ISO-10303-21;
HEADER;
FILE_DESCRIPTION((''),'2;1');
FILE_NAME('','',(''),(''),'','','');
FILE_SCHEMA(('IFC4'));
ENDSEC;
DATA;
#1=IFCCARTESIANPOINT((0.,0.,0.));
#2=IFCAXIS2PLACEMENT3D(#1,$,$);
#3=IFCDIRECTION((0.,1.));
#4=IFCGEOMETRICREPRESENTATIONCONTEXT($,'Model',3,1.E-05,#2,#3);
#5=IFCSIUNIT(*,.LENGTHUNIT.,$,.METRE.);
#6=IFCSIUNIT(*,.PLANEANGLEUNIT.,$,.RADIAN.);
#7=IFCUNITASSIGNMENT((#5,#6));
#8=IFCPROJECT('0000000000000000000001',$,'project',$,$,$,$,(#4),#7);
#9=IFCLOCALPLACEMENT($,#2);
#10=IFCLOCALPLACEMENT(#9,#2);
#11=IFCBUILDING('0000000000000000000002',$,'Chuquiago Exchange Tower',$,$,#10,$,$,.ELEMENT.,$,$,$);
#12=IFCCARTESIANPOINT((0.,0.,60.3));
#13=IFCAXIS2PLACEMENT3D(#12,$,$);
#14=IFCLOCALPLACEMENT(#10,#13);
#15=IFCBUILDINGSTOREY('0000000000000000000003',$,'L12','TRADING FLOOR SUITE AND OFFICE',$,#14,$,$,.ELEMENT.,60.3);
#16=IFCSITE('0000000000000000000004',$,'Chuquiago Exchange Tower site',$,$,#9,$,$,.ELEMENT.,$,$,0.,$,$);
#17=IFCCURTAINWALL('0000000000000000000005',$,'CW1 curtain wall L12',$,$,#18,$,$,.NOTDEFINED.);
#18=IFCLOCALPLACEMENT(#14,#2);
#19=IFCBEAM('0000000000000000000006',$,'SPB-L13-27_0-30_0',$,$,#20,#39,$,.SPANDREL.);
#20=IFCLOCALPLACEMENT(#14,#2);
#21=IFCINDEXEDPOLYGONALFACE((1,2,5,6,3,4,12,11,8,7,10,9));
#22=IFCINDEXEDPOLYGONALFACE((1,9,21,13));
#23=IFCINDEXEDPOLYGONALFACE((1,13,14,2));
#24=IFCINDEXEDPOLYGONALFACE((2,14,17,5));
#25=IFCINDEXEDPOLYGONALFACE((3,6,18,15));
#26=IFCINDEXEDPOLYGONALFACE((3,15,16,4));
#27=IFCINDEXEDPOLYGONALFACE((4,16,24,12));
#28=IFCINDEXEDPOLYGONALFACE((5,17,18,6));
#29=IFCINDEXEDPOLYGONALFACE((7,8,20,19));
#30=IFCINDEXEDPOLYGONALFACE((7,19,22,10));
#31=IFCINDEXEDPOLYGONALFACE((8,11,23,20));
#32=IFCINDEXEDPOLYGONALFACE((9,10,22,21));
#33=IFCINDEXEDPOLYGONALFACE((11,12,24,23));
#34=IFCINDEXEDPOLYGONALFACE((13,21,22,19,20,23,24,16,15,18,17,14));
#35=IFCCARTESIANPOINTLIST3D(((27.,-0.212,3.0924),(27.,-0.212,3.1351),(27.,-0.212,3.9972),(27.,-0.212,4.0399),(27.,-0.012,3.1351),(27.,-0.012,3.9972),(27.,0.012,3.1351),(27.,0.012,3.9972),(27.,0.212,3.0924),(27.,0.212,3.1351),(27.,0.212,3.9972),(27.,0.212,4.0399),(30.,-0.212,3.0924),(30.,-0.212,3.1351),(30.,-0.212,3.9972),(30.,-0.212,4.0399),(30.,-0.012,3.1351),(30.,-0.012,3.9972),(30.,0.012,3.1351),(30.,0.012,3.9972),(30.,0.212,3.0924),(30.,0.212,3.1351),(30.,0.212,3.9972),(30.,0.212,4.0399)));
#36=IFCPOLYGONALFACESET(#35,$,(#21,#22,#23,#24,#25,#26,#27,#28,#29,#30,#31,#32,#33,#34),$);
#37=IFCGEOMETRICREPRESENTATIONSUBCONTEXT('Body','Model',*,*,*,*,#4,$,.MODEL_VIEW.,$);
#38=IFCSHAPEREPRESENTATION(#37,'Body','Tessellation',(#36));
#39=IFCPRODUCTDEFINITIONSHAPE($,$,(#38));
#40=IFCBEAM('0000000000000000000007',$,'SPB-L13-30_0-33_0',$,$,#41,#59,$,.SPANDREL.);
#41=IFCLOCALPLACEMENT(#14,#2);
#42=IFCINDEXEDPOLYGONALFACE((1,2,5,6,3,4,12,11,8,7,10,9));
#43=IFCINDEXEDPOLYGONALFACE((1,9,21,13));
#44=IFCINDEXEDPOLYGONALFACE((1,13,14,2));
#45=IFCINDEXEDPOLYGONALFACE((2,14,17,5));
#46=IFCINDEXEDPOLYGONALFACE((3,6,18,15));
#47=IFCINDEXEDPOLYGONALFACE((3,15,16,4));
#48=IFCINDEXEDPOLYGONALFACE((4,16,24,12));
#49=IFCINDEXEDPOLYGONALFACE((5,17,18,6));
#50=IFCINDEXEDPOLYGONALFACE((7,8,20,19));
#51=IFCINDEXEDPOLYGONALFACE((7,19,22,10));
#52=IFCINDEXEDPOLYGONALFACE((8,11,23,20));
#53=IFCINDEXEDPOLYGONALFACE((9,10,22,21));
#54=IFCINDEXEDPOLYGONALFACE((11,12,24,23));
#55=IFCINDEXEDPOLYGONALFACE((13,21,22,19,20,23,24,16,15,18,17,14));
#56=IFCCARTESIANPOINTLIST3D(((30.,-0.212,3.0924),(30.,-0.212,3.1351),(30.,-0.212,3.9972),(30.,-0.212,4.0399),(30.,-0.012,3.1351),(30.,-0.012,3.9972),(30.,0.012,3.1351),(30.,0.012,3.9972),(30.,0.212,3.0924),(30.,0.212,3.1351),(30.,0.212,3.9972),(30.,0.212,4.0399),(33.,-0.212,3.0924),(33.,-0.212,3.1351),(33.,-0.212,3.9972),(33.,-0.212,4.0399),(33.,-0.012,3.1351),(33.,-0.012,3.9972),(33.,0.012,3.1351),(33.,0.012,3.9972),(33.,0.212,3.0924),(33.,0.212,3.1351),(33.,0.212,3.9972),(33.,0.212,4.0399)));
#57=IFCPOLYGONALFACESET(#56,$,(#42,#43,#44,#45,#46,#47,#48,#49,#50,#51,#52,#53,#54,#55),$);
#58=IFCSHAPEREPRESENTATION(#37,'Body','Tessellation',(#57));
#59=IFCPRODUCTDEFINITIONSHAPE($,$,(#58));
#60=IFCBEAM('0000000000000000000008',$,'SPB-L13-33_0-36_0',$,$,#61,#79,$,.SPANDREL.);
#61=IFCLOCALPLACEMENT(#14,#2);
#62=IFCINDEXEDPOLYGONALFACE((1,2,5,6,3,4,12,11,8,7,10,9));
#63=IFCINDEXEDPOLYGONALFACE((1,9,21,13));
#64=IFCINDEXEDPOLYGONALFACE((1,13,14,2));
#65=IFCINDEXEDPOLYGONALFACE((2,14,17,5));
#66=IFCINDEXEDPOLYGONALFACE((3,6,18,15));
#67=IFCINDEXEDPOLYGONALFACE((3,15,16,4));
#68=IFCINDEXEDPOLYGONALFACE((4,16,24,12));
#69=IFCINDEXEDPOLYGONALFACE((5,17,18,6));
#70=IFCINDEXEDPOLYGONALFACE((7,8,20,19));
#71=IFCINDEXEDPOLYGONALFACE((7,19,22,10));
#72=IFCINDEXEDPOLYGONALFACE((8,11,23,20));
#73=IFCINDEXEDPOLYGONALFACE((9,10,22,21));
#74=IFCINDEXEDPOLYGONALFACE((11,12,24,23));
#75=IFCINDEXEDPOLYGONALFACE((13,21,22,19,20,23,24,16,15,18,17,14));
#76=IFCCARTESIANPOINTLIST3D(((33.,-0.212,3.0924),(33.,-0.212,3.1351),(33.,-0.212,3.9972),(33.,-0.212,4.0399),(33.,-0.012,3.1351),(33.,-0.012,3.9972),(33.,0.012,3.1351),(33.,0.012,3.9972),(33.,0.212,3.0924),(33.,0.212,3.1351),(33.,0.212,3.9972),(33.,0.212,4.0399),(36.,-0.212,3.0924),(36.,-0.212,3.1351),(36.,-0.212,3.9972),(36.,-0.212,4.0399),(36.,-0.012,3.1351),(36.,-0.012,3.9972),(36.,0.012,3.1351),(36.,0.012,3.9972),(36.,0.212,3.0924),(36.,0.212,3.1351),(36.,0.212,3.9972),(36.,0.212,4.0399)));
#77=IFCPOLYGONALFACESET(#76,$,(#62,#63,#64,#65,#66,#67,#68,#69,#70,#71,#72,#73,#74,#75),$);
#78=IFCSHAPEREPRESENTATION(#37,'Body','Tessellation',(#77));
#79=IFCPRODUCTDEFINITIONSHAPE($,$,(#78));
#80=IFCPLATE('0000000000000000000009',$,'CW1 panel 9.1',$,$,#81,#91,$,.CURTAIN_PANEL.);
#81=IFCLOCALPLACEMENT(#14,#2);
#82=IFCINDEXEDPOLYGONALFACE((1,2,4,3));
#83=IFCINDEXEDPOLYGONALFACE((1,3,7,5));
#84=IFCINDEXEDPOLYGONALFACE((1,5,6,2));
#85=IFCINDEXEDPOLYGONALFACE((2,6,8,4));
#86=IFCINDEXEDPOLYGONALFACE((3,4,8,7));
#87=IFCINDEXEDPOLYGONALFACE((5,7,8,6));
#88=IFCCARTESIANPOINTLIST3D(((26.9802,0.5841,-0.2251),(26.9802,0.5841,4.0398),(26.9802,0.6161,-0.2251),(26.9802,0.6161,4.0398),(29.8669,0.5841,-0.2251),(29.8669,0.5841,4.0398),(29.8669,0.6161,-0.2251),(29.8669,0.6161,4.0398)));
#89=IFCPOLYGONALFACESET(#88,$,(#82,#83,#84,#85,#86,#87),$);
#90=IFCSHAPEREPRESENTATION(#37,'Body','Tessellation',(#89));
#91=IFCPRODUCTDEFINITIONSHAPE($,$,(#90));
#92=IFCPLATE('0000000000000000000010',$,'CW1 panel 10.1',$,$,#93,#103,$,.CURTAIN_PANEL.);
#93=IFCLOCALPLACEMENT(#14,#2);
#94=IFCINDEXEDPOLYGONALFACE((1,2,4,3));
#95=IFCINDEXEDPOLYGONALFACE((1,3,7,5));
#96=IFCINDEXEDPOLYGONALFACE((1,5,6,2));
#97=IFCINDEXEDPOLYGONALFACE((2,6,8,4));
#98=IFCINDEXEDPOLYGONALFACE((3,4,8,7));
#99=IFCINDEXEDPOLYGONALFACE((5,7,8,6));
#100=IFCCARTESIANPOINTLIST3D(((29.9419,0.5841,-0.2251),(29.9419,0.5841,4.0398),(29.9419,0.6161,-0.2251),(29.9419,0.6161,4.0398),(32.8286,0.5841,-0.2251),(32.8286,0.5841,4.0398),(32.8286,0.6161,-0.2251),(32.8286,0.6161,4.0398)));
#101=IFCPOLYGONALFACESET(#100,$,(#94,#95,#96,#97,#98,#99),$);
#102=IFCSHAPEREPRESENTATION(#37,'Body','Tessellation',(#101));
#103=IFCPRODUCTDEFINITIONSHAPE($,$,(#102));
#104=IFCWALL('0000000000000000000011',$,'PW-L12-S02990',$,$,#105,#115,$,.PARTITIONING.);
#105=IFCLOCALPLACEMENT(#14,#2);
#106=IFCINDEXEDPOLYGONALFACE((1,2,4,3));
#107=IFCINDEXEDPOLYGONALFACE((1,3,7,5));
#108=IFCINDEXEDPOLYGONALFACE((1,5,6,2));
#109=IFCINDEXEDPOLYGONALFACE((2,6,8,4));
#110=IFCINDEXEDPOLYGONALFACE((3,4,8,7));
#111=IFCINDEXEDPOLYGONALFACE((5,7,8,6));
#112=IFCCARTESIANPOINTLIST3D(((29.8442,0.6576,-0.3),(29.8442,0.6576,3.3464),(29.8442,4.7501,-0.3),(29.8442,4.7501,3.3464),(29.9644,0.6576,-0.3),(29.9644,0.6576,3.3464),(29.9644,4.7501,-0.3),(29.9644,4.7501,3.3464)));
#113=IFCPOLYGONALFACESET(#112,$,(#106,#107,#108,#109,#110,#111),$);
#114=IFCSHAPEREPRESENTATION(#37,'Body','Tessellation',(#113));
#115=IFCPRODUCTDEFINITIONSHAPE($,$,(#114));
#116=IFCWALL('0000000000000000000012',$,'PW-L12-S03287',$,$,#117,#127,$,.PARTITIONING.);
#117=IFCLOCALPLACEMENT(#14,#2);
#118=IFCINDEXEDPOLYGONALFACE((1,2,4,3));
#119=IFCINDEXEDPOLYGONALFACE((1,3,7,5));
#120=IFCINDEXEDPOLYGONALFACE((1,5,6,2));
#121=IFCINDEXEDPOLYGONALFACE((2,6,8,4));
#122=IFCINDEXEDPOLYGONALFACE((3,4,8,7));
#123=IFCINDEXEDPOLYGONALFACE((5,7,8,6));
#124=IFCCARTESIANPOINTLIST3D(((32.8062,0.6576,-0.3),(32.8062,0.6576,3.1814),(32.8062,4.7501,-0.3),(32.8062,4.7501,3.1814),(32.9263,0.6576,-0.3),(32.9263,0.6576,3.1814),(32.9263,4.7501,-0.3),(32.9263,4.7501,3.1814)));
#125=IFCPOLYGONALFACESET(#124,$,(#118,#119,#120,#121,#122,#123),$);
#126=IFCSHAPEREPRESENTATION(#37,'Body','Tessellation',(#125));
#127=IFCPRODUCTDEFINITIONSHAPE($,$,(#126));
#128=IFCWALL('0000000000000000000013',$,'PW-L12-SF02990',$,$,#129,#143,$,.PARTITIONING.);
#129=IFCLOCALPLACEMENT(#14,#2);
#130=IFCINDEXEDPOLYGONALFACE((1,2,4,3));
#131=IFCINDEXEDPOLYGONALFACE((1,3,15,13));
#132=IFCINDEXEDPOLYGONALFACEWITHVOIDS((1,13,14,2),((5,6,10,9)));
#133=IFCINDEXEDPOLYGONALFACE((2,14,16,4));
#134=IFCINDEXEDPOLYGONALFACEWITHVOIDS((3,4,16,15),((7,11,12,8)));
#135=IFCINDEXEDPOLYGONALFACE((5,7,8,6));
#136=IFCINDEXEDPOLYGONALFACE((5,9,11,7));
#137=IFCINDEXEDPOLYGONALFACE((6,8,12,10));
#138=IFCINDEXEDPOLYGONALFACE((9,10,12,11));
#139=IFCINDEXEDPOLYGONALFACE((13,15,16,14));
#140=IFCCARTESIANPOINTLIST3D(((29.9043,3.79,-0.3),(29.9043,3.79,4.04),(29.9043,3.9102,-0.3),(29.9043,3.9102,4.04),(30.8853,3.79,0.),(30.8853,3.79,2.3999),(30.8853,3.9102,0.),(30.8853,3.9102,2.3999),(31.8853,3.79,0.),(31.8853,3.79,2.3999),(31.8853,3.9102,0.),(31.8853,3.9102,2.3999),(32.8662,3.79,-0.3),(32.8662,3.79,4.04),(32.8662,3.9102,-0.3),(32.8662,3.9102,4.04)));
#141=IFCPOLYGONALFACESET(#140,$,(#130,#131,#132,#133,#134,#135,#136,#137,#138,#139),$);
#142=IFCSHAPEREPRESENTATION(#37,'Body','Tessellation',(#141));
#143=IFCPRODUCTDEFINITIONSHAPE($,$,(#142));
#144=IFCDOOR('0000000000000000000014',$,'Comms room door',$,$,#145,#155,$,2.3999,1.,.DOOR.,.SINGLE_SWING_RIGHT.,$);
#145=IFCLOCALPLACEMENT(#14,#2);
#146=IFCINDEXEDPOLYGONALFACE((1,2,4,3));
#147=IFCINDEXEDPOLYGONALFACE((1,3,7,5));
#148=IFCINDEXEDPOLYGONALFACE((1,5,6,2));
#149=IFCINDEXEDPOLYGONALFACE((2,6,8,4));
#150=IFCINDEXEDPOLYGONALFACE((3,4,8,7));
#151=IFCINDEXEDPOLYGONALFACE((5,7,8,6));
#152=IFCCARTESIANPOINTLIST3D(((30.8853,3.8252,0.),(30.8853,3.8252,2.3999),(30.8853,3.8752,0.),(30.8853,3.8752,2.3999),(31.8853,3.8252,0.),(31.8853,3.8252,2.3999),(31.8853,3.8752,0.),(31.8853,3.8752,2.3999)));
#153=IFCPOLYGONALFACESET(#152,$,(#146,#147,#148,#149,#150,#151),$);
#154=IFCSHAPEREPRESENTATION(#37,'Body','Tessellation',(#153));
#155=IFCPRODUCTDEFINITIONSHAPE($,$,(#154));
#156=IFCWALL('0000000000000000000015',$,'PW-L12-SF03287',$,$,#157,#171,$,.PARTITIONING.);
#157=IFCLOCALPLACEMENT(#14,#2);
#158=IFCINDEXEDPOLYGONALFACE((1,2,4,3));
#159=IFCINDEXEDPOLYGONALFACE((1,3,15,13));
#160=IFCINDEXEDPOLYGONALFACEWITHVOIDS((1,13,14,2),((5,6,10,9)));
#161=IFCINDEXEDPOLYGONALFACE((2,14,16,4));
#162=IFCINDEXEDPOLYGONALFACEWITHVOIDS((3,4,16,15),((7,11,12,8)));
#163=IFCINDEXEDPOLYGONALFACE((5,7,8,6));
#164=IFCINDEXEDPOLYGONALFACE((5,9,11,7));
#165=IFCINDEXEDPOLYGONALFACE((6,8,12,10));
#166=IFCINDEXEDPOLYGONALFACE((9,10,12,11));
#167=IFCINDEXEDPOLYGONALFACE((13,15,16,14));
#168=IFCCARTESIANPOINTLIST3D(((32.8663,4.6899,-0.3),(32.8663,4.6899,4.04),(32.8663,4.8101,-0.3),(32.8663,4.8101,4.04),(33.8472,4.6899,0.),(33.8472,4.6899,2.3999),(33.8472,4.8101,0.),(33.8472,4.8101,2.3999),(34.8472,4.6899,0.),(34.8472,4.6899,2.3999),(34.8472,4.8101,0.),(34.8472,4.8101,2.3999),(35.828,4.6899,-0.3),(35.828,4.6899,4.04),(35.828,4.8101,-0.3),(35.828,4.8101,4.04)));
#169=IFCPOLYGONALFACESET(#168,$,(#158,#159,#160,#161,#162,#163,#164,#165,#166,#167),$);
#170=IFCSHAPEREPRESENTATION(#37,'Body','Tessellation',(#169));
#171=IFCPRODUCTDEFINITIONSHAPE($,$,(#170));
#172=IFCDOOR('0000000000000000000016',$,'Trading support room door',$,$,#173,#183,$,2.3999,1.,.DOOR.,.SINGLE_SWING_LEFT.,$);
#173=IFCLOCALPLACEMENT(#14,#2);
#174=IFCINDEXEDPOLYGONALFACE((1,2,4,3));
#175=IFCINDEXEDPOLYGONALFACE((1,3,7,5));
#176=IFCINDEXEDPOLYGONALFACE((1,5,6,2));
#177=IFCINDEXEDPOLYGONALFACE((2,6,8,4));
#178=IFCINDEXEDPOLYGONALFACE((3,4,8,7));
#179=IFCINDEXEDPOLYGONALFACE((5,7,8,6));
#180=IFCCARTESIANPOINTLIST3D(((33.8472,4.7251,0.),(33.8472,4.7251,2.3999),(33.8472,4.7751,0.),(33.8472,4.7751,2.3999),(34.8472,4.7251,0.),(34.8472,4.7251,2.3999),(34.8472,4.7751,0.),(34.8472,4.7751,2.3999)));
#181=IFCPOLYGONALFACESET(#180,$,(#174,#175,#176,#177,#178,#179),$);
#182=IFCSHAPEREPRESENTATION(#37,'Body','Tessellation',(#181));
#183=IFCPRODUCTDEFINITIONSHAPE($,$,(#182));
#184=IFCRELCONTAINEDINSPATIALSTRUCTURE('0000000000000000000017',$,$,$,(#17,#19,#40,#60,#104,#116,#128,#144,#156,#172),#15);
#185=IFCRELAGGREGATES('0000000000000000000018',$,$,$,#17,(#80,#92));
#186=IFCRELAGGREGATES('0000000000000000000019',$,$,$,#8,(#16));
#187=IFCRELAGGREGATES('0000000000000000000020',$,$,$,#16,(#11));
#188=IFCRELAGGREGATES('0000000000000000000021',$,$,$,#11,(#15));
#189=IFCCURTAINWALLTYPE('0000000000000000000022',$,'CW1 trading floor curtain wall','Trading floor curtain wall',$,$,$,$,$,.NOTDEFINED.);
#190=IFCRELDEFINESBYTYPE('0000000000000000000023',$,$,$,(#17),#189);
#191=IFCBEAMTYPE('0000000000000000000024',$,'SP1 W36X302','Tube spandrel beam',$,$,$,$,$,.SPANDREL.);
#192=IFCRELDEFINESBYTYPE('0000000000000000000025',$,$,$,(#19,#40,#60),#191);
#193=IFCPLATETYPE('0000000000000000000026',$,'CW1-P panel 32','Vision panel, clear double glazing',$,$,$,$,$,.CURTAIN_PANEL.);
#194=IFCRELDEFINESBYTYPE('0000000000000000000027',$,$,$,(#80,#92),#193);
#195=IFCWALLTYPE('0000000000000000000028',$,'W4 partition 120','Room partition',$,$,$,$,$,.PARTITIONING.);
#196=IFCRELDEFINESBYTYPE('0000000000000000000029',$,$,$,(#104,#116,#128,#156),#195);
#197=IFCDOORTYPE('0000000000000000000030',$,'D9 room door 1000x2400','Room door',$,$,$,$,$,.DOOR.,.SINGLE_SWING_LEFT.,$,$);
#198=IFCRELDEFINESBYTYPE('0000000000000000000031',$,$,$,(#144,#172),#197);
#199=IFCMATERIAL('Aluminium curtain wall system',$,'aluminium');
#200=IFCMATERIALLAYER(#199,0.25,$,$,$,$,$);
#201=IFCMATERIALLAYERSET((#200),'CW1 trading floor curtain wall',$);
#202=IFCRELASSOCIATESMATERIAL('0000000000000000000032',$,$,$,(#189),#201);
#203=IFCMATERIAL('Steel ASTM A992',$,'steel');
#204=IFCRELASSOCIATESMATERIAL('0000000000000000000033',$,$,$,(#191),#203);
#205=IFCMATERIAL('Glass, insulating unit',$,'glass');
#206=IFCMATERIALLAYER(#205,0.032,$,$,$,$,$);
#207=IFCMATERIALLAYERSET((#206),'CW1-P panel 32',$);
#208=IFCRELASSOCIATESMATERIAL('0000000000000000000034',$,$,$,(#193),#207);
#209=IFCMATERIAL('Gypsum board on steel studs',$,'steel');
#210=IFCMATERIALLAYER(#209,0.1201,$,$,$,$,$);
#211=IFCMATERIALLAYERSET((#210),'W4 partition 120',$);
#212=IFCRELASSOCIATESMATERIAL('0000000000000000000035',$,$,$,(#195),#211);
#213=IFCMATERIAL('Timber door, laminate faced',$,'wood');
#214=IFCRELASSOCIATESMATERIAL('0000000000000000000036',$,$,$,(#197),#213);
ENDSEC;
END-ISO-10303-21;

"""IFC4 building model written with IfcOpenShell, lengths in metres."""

from ifc_helpers import new_model, si_unit, direction, frame, frame_2d, origin, origin_2d, place, context, subcontext, project, spatial, rectangle, i_section, extrude, material, layer, layer_set, material_profile, profile_set, type_object, element, fill, aggregate, save


model = new_model("IFC4")

# Units and contexts
model_context = context("Model", 3, precision=1e-05, world=origin(), true_north=direction((0.0, 1.0)))
body_context = subcontext(model_context, "Body", "Model", "MODEL_VIEW")
ifc_project = project(units=[si_unit("LENGTHUNIT", "METRE"), si_unit("PLANEANGLEUNIT", "RADIAN")], contexts=[model_context])

# Site, building, storey
site_placement = place(None, origin())
site = spatial("IfcSite", under=ifc_project, at=site_placement, Name="Chuquiago Exchange Tower site", CompositionType="ELEMENT", RefElevation=0.0)
building_placement = place(site_placement, origin())
building = spatial("IfcBuilding", under=site, at=building_placement, Name="Chuquiago Exchange Tower", CompositionType="ELEMENT")
storey_placement = place(building_placement, frame((0.0, 0.0, 60.3)))
storey = spatial("IfcBuildingStorey", under=building, at=storey_placement, Name="L12", Description="TRADING FLOOR SUITE AND OFFICE", CompositionType="ELEMENT", Elevation=60.3)

# Curtain wall
ifc_material_1 = material(Name="Aluminium curtain wall system", Category="aluminium")
ifc_layer_1 = layer(ifc_material_1, 0.25)
ifc_layer_set_1 = layer_set([ifc_layer_1], Name="CW1 trading floor curtain wall")
curtain_wall_type = type_object("IfcCurtainWallType", Name="CW1 trading floor curtain wall", Description="Trading floor curtain wall", PredefinedType="NOTDEFINED", material=ifc_layer_set_1)
curtain_wall_placement = place(storey_placement, origin())
curtain_wall = element("IfcCurtainWall", 1, at=curtain_wall_placement, inside=storey, type_object=curtain_wall_type, Name="CW1 curtain wall L12", PredefinedType="NOTDEFINED")

# Beams
ifc_material_2 = material(Name="Steel ASTM A992", Category="steel")
ifc_material_profile_1 = material_profile(ifc_material_2, i_section(OverallWidth=0.4241, OverallDepth=0.9475, WebThickness=0.0239, FlangeThickness=0.0427, at=origin_2d()), Name="W36X302")
ifc_profile_set_1 = profile_set([ifc_material_profile_1], Name="Steel ASTM A992")
beam_type_1 = type_object("IfcBeamType", Name="SP1 W36X302", Description="Tube spandrel beam", PredefinedType="SPANDREL", material=ifc_profile_set_1)
for number, where, z_axis, x_axis, name in (
    (2, (27.0, 0.0, 3.5662), (1.0, 0.0, 0.0), (0.0, 1.0, 0.0), "SPB-L13-27_0-30_0"),
    (3, (30.0, 0.0, 3.5662), (1.0, 0.0, 0.0), (0.0, 1.0, 0.0), "SPB-L13-30_0-33_0"),
    (4, (33.0, 0.0, 3.5662), (1.0, 0.0, 0.0), (0.0, 1.0, 0.0), "SPB-L13-33_0-36_0"),
):
    element("IfcBeam", number, at=place(storey_placement, frame(where, z_axis=z_axis, x_axis=x_axis)), inside=storey, type_object=beam_type_1, Name=name, PredefinedType="SPANDREL", context=body_context, shape_type="SweptSolid", body=[
        extrude(i_section(OverallWidth=0.4241, OverallDepth=0.9475, WebThickness=0.0239, FlangeThickness=0.0427, at=origin_2d()), origin(), (0.0, 0.0, 1.0), 3.0),
    ])

# Plates
ifc_material_3 = material(Name="Glass, insulating unit", Category="glass")
ifc_layer_2 = layer(ifc_material_3, 0.032)
ifc_layer_set_2 = layer_set([ifc_layer_2], Name="CW1-P panel 32")
plate_type = type_object("IfcPlateType", Name="CW1-P panel 32", Description="Vision panel, clear double glazing", PredefinedType="CURTAIN_PANEL", material=ifc_layer_set_2)
plate_1_placement = place(storey_placement, frame((28.4236, 0.6001, -0.2251), z_axis=(0.0, 0.0, 1.0), x_axis=(1.0, 0.0, 0.0)))
plate_1 = element("IfcPlate", 5, at=plate_1_placement, type_object=plate_type, Name="CW1 panel 9.1", PredefinedType="CURTAIN_PANEL", context=body_context, shape_type="SweptSolid", body=[
    extrude(rectangle(XDim=2.8867, YDim=0.032, at=origin_2d()), origin(), (0.0, 0.0, 1.0), 4.2649),
])
plate_2_placement = place(storey_placement, frame((31.3853, 0.6001, -0.2251), z_axis=(0.0, 0.0, 1.0), x_axis=(1.0, 0.0, 0.0)))
plate_2 = element("IfcPlate", 6, at=plate_2_placement, type_object=plate_type, Name="CW1 panel 10.1", PredefinedType="CURTAIN_PANEL", context=body_context, shape_type="SweptSolid", body=[
    extrude(rectangle(XDim=2.8867, YDim=0.032, at=origin_2d()), origin(), (0.0, 0.0, 1.0), 4.2649),
])
aggregate(curtain_wall, [plate_1, plate_2])

# Walls
ifc_material_4 = material(Name="Gypsum board on steel studs", Category="steel")
ifc_layer_3 = layer(ifc_material_4, 0.1201)
ifc_layer_set_3 = layer_set([ifc_layer_3], Name="W4 partition 120")
wall_type = type_object("IfcWallType", Name="W4 partition 120", Description="Room partition", PredefinedType="PARTITIONING", material=ifc_layer_set_3)
wall_1_placement = place(storey_placement, frame((29.9043, 0.6575, -0.3), z_axis=(0.0, 0.0, 1.0), x_axis=(0.0, 1.0, 0.0)))
element("IfcWall", 7, at=wall_1_placement, inside=storey, type_object=wall_type, Name="PW-L12-S02990", PredefinedType="PARTITIONING", context=body_context, shape_type="SweptSolid", body=[
    extrude(rectangle(XDim=4.0925, YDim=0.1201, at=frame_2d((2.0464, 0.0))), origin(), (0.0, 0.0, 1.0), 3.6465),
])
wall_2_placement = place(storey_placement, frame((32.8662, 0.6575, -0.3), z_axis=(0.0, 0.0, 1.0), x_axis=(0.0, 1.0, 0.0)))
element("IfcWall", 8, at=wall_2_placement, inside=storey, type_object=wall_type, Name="PW-L12-S03287", PredefinedType="PARTITIONING", context=body_context, shape_type="SweptSolid", body=[
    extrude(rectangle(XDim=4.0925, YDim=0.1201, at=frame_2d((2.0464, 0.0))), origin(), (0.0, 0.0, 1.0), 3.4814),
])

# Walls, openings, doors
wall_3_placement = place(storey_placement, frame((29.9043, 3.8501, -0.3), z_axis=(0.0, 0.0, 1.0), x_axis=(1.0, 0.0, 0.0)))
wall_3 = element("IfcWall", 9, at=wall_3_placement, inside=storey, type_object=wall_type, Name="PW-L12-SF02990", PredefinedType="PARTITIONING", context=body_context, shape_type="SweptSolid", body=[
    extrude(rectangle(XDim=2.9619, YDim=0.1201, at=frame_2d((1.481, 0.0))), origin(), (0.0, 0.0, 1.0), 4.3401),
])
opening_1_placement = place(wall_3_placement, frame((0.981, 0.0, 0.3)))
opening_1 = element("IfcOpeningElement", 10, at=opening_1_placement, cuts=wall_3, PredefinedType="OPENING", context=body_context, shape_type="SweptSolid", body=[
    extrude(rectangle(XDim=1.0, YDim=2.3999, at=frame_2d((0.5, 1.2))), frame((0.0, 0.0701, 0.0), z_axis=(0.0, -1.0, 0.0), x_axis=(1.0, 0.0, 0.0)), (0.0, 0.0, 1.0), 0.1401),
])
ifc_material_5 = material(Name="Timber door, laminate faced", Category="wood")
door_type = type_object("IfcDoorType", Name="D9 room door 1000x2400", Description="Room door", OperationType="SINGLE_SWING_LEFT", PredefinedType="DOOR", material=ifc_material_5)
door_1_placement = place(opening_1_placement, frame((1.0, 0.0, 0.0), z_axis=(0.0, 0.0, 1.0), x_axis=(-1.0, 0.0, 0.0)))
door_1 = element("IfcDoor", 11, at=door_1_placement, inside=storey, type_object=door_type, Name="Comms room door", OperationType="SINGLE_SWING_RIGHT", OverallHeight=2.3999, OverallWidth=1.0, PredefinedType="DOOR", context=body_context, shape_type="SweptSolid", body=[
    extrude(rectangle(XDim=1.0, YDim=2.3999, at=frame_2d((0.5, 1.2))), frame((0.0, 0.0249, 0.0), z_axis=(0.0, -1.0, 0.0), x_axis=(1.0, 0.0, 0.0)), (0.0, 0.0, 1.0), 0.05),
])
fill(opening_1, door_1)
wall_4_placement = place(storey_placement, frame((32.8662, 4.75, -0.3), z_axis=(0.0, 0.0, 1.0), x_axis=(1.0, 0.0, 0.0)))
wall_4 = element("IfcWall", 12, at=wall_4_placement, inside=storey, type_object=wall_type, Name="PW-L12-SF03287", PredefinedType="PARTITIONING", context=body_context, shape_type="SweptSolid", body=[
    extrude(rectangle(XDim=2.9617, YDim=0.1201, at=frame_2d((1.481, 0.0))), origin(), (0.0, 0.0, 1.0), 4.3401),
])
opening_2_placement = place(wall_4_placement, frame((0.981, 0.0, 0.3)))
opening_2 = element("IfcOpeningElement", 13, at=opening_2_placement, cuts=wall_4, PredefinedType="OPENING", context=body_context, shape_type="SweptSolid", body=[
    extrude(rectangle(XDim=1.0, YDim=2.3999, at=frame_2d((0.5, 1.2))), frame((0.0, 0.0701, 0.0), z_axis=(0.0, -1.0, 0.0), x_axis=(1.0, 0.0, 0.0)), (0.0, 0.0, 1.0), 0.1401),
])
door_2_placement = place(opening_2_placement, frame((1.0, 0.0, 0.0), z_axis=(0.0, 0.0, 1.0), x_axis=(-1.0, 0.0, 0.0)))
door_2 = element("IfcDoor", 14, at=door_2_placement, inside=storey, type_object=door_type, Name="Trading support room door", OperationType="SINGLE_SWING_LEFT", OverallHeight=2.3999, OverallWidth=1.0, PredefinedType="DOOR", context=body_context, shape_type="SweptSolid", body=[
    extrude(rectangle(XDim=1.0, YDim=2.3999, at=frame_2d((0.5, 1.2))), frame((0.0, 0.0249, 0.0), z_axis=(0.0, -1.0, 0.0), x_axis=(1.0, 0.0, 0.0)), (0.0, 0.0, 1.0), 0.05),
])
fill(opening_2, door_2)

save(model, "model.ifc")
